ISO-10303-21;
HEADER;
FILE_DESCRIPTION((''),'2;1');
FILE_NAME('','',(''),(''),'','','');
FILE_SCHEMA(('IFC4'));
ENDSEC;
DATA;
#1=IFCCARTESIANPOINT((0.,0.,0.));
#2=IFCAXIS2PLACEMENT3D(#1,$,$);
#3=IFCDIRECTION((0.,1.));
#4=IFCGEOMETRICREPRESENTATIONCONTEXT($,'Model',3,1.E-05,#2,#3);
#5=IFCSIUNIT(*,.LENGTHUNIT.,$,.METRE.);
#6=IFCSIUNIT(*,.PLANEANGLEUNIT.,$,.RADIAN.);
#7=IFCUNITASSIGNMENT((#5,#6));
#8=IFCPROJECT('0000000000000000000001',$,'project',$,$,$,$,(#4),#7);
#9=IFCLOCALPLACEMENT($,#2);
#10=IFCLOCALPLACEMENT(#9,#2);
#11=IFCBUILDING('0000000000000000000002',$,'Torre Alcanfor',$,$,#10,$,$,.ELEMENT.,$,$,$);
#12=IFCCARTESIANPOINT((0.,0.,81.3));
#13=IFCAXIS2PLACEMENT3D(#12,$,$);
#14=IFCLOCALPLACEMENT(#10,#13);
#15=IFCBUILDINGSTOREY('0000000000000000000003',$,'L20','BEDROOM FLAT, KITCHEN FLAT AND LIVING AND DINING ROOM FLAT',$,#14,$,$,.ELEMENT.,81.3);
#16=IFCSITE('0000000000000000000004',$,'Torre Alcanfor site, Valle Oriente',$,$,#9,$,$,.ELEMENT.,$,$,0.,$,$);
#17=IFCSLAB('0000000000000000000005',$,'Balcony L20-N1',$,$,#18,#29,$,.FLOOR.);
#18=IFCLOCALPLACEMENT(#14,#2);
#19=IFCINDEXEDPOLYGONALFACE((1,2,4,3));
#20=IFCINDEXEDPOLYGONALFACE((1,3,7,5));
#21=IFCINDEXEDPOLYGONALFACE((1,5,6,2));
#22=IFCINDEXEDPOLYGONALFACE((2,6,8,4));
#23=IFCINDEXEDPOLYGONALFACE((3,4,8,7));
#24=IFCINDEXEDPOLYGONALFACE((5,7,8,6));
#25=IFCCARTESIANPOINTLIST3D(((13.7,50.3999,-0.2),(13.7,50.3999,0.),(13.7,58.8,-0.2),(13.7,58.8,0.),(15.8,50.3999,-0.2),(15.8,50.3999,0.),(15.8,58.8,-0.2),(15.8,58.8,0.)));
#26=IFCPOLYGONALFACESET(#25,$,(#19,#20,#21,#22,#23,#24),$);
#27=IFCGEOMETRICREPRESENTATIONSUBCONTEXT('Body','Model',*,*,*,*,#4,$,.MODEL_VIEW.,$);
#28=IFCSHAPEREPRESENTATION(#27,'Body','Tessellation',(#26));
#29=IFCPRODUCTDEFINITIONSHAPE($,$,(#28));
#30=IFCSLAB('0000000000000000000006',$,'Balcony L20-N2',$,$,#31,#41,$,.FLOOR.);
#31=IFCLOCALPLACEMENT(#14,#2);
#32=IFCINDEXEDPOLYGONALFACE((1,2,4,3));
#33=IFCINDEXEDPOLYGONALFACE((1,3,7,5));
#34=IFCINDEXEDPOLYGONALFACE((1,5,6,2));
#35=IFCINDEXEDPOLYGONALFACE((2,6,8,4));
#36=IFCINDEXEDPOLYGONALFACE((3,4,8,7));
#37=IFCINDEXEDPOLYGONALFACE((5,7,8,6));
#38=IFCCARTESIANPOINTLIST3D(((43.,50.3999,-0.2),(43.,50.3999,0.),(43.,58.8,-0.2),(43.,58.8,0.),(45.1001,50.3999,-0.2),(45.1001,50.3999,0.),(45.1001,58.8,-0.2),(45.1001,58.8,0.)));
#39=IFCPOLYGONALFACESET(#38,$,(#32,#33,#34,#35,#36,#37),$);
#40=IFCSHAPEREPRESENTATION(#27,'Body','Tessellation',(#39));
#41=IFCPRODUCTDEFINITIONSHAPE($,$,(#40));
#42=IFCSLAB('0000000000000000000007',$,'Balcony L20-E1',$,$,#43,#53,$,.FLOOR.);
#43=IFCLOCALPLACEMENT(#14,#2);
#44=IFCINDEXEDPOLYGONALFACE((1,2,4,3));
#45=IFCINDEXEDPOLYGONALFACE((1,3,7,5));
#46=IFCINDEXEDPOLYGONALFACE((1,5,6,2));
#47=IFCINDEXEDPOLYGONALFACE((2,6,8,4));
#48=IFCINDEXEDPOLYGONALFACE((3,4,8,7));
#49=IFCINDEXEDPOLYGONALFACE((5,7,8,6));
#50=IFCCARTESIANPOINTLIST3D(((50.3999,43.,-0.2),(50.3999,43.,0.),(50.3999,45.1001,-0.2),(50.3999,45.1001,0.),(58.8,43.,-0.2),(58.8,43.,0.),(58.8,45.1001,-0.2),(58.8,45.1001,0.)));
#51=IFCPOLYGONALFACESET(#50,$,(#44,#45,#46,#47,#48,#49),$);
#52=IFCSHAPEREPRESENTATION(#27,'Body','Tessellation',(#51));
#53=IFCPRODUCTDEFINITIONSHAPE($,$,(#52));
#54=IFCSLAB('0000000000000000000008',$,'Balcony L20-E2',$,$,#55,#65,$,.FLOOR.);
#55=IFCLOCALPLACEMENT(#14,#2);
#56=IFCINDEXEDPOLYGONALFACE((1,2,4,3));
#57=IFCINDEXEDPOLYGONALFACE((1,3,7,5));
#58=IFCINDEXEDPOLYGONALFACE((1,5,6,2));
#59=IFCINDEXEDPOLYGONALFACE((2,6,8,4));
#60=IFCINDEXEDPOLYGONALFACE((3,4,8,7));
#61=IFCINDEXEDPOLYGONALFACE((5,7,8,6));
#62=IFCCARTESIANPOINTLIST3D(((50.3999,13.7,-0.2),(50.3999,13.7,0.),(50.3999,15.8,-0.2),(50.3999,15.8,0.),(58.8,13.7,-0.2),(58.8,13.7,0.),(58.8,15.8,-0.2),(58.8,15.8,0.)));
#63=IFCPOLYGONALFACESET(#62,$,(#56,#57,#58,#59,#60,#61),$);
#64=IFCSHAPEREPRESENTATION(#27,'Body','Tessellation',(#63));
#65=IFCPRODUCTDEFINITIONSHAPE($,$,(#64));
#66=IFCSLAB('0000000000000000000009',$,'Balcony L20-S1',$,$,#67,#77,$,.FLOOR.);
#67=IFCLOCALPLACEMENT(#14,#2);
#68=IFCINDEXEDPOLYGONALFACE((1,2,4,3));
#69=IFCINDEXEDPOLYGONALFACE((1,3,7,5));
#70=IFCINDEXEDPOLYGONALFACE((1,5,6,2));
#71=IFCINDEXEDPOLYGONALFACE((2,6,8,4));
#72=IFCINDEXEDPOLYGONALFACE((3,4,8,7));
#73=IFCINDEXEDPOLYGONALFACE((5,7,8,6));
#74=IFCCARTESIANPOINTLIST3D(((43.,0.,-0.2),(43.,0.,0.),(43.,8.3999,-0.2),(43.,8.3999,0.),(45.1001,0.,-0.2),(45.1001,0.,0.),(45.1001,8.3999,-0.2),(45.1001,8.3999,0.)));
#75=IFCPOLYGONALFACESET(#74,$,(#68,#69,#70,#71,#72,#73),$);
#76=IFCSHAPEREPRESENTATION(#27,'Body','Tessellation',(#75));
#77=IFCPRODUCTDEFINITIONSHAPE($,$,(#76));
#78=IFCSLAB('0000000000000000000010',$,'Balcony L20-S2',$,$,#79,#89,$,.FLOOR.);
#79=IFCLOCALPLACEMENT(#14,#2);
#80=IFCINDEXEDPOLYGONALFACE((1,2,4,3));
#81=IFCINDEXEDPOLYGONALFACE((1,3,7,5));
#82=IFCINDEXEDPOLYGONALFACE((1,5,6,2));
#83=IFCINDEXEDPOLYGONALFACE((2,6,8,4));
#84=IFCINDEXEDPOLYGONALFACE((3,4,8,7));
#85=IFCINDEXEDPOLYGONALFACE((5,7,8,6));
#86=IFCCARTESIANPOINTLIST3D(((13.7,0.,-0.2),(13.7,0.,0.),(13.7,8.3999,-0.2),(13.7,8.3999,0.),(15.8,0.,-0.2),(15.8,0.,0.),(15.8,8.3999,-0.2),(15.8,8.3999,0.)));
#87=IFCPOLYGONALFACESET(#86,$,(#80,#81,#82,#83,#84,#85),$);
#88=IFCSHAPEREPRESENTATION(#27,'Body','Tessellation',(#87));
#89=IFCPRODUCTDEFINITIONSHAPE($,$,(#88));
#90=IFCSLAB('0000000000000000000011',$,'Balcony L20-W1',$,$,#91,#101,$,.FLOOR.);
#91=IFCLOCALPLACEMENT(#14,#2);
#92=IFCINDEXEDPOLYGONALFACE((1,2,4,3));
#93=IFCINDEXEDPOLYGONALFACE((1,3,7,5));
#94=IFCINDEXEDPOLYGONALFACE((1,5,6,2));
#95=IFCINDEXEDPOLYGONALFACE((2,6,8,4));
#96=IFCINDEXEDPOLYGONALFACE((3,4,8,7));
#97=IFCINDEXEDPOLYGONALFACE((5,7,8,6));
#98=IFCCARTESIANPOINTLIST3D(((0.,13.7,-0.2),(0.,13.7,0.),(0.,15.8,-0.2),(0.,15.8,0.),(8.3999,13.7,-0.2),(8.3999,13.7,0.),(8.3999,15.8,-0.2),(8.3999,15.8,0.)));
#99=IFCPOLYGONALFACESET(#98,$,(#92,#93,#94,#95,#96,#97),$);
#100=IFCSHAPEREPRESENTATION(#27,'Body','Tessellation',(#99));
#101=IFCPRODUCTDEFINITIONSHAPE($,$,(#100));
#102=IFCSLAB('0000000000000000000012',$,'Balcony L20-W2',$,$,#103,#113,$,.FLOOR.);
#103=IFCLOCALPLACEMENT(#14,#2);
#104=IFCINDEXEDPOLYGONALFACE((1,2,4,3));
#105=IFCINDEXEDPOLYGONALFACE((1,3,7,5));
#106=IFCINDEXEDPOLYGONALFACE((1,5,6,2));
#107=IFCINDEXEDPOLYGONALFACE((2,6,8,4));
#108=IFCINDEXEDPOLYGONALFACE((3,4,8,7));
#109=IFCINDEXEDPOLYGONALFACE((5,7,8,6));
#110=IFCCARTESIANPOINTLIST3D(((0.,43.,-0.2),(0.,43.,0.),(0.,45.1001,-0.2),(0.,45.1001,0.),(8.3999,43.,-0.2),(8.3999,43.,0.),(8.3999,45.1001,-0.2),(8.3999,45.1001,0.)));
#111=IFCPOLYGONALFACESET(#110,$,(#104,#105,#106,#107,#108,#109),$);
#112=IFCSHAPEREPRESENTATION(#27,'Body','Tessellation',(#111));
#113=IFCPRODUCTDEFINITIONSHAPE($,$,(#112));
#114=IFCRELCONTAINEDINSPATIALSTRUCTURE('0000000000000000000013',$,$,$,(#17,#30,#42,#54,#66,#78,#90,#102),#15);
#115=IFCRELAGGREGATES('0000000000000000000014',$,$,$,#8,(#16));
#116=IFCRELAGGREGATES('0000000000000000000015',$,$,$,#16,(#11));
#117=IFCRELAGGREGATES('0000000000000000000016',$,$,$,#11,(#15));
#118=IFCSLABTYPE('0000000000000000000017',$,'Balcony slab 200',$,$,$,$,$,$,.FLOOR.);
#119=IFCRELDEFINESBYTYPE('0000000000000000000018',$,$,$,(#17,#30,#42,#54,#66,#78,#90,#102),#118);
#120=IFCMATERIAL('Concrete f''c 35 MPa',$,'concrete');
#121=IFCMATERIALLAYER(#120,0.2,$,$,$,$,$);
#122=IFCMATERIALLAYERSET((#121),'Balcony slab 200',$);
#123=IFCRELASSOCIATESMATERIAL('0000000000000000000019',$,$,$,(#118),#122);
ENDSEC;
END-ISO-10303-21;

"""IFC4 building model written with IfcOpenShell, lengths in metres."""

from ifc_helpers import new_model, si_unit, direction, frame, origin, place, context, subcontext, project, spatial, polyline, outline, extrude, material, layer, layer_set, type_object, element, save


model = new_model("IFC4")

# Units and contexts
model_context = context("Model", 3, precision=1e-05, world=origin(), true_north=direction((0.0, 1.0)))
body_context = subcontext(model_context, "Body", "Model", "MODEL_VIEW")
ifc_project = project(units=[si_unit("LENGTHUNIT", "METRE"), si_unit("PLANEANGLEUNIT", "RADIAN")], contexts=[model_context])

# Site, building, storey
site_placement = place(None, origin())
site = spatial("IfcSite", under=ifc_project, at=site_placement, Name="Torre Alcanfor site, Valle Oriente", CompositionType="ELEMENT", RefElevation=0.0)
building_placement = place(site_placement, origin())
building = spatial("IfcBuilding", under=site, at=building_placement, Name="Torre Alcanfor", CompositionType="ELEMENT")
storey_placement = place(building_placement, frame((0.0, 0.0, 81.3)))
storey = spatial("IfcBuildingStorey", under=building, at=storey_placement, Name="L20", Description="BEDROOM FLAT, KITCHEN FLAT AND LIVING AND DINING ROOM FLAT", CompositionType="ELEMENT", Elevation=81.3)

# Slabs
ifc_material_1 = material(Name="Concrete f'c 35 MPa", Category="concrete")
ifc_layer_1 = layer(ifc_material_1, 0.2)
ifc_layer_set_1 = layer_set([ifc_layer_1], Name="Balcony slab 200")
slab_type_1 = type_object("IfcSlabType", Name="Balcony slab 200", PredefinedType="FLOOR", material=ifc_layer_set_1)
slab_1_placement = place(storey_placement, frame((0.0, 0.0, -0.2)))
element("IfcSlab", 1, at=slab_1_placement, inside=storey, type_object=slab_type_1, Name="Balcony L20-N1", PredefinedType="FLOOR", context=body_context, shape_type="SweptSolid", body=[
    extrude(outline(polyline([(15.8, 50.3999), (15.8, 58.8), (13.7, 58.8), (13.7, 50.3999), (15.8, 50.3999)])), origin(), (0.0, 0.0, 1.0), 0.2),
])
slab_2_placement = place(storey_placement, frame((0.0, 0.0, -0.2)))
element("IfcSlab", 2, at=slab_2_placement, inside=storey, type_object=slab_type_1, Name="Balcony L20-N2", PredefinedType="FLOOR", context=body_context, shape_type="SweptSolid", body=[
    extrude(outline(polyline([(45.1001, 50.3999), (45.1001, 58.8), (43.0, 58.8), (43.0, 50.3999), (45.1001, 50.3999)])), origin(), (0.0, 0.0, 1.0), 0.2),
])
slab_3_placement = place(storey_placement, frame((0.0, 0.0, -0.2)))
element("IfcSlab", 3, at=slab_3_placement, inside=storey, type_object=slab_type_1, Name="Balcony L20-E1", PredefinedType="FLOOR", context=body_context, shape_type="SweptSolid", body=[
    extrude(outline(polyline([(50.3999, 43.0), (58.8, 43.0), (58.8, 45.1001), (50.3999, 45.1001), (50.3999, 43.0)])), origin(), (0.0, 0.0, 1.0), 0.2),
])
slab_4_placement = place(storey_placement, frame((0.0, 0.0, -0.2)))
element("IfcSlab", 4, at=slab_4_placement, inside=storey, type_object=slab_type_1, Name="Balcony L20-E2", PredefinedType="FLOOR", context=body_context, shape_type="SweptSolid", body=[
    extrude(outline(polyline([(50.3999, 13.7), (58.8, 13.7), (58.8, 15.8), (50.3999, 15.8), (50.3999, 13.7)])), origin(), (0.0, 0.0, 1.0), 0.2),
])
slab_5_placement = place(storey_placement, frame((0.0, 0.0, -0.2)))
element("IfcSlab", 5, at=slab_5_placement, inside=storey, type_object=slab_type_1, Name="Balcony L20-S1", PredefinedType="FLOOR", context=body_context, shape_type="SweptSolid", body=[
    extrude(outline(polyline([(43.0, 8.3999), (43.0, 0.0), (45.1001, 0.0), (45.1001, 8.3999), (43.0, 8.3999)])), origin(), (0.0, 0.0, 1.0), 0.2),
])
slab_6_placement = place(storey_placement, frame((0.0, 0.0, -0.2)))
element("IfcSlab", 6, at=slab_6_placement, inside=storey, type_object=slab_type_1, Name="Balcony L20-S2", PredefinedType="FLOOR", context=body_context, shape_type="SweptSolid", body=[
    extrude(outline(polyline([(13.7, 8.3999), (13.7, 0.0), (15.8, 0.0), (15.8, 8.3999), (13.7, 8.3999)])), origin(), (0.0, 0.0, 1.0), 0.2),
])
slab_7_placement = place(storey_placement, frame((0.0, 0.0, -0.2)))
element("IfcSlab", 7, at=slab_7_placement, inside=storey, type_object=slab_type_1, Name="Balcony L20-W1", PredefinedType="FLOOR", context=body_context, shape_type="SweptSolid", body=[
    extrude(outline(polyline([(8.3999, 15.8), (0.0, 15.8), (0.0, 13.7), (8.3999, 13.7), (8.3999, 15.8)])), origin(), (0.0, 0.0, 1.0), 0.2),
])
slab_8_placement = place(storey_placement, frame((0.0, 0.0, -0.2)))
element("IfcSlab", 8, at=slab_8_placement, inside=storey, type_object=slab_type_1, Name="Balcony L20-W2", PredefinedType="FLOOR", context=body_context, shape_type="SweptSolid", body=[
    extrude(outline(polyline([(8.3999, 45.1001), (0.0, 45.1001), (0.0, 43.0), (8.3999, 43.0), (8.3999, 45.1001)])), origin(), (0.0, 0.0, 1.0), 0.2),
])

save(model, "model.ifc")
